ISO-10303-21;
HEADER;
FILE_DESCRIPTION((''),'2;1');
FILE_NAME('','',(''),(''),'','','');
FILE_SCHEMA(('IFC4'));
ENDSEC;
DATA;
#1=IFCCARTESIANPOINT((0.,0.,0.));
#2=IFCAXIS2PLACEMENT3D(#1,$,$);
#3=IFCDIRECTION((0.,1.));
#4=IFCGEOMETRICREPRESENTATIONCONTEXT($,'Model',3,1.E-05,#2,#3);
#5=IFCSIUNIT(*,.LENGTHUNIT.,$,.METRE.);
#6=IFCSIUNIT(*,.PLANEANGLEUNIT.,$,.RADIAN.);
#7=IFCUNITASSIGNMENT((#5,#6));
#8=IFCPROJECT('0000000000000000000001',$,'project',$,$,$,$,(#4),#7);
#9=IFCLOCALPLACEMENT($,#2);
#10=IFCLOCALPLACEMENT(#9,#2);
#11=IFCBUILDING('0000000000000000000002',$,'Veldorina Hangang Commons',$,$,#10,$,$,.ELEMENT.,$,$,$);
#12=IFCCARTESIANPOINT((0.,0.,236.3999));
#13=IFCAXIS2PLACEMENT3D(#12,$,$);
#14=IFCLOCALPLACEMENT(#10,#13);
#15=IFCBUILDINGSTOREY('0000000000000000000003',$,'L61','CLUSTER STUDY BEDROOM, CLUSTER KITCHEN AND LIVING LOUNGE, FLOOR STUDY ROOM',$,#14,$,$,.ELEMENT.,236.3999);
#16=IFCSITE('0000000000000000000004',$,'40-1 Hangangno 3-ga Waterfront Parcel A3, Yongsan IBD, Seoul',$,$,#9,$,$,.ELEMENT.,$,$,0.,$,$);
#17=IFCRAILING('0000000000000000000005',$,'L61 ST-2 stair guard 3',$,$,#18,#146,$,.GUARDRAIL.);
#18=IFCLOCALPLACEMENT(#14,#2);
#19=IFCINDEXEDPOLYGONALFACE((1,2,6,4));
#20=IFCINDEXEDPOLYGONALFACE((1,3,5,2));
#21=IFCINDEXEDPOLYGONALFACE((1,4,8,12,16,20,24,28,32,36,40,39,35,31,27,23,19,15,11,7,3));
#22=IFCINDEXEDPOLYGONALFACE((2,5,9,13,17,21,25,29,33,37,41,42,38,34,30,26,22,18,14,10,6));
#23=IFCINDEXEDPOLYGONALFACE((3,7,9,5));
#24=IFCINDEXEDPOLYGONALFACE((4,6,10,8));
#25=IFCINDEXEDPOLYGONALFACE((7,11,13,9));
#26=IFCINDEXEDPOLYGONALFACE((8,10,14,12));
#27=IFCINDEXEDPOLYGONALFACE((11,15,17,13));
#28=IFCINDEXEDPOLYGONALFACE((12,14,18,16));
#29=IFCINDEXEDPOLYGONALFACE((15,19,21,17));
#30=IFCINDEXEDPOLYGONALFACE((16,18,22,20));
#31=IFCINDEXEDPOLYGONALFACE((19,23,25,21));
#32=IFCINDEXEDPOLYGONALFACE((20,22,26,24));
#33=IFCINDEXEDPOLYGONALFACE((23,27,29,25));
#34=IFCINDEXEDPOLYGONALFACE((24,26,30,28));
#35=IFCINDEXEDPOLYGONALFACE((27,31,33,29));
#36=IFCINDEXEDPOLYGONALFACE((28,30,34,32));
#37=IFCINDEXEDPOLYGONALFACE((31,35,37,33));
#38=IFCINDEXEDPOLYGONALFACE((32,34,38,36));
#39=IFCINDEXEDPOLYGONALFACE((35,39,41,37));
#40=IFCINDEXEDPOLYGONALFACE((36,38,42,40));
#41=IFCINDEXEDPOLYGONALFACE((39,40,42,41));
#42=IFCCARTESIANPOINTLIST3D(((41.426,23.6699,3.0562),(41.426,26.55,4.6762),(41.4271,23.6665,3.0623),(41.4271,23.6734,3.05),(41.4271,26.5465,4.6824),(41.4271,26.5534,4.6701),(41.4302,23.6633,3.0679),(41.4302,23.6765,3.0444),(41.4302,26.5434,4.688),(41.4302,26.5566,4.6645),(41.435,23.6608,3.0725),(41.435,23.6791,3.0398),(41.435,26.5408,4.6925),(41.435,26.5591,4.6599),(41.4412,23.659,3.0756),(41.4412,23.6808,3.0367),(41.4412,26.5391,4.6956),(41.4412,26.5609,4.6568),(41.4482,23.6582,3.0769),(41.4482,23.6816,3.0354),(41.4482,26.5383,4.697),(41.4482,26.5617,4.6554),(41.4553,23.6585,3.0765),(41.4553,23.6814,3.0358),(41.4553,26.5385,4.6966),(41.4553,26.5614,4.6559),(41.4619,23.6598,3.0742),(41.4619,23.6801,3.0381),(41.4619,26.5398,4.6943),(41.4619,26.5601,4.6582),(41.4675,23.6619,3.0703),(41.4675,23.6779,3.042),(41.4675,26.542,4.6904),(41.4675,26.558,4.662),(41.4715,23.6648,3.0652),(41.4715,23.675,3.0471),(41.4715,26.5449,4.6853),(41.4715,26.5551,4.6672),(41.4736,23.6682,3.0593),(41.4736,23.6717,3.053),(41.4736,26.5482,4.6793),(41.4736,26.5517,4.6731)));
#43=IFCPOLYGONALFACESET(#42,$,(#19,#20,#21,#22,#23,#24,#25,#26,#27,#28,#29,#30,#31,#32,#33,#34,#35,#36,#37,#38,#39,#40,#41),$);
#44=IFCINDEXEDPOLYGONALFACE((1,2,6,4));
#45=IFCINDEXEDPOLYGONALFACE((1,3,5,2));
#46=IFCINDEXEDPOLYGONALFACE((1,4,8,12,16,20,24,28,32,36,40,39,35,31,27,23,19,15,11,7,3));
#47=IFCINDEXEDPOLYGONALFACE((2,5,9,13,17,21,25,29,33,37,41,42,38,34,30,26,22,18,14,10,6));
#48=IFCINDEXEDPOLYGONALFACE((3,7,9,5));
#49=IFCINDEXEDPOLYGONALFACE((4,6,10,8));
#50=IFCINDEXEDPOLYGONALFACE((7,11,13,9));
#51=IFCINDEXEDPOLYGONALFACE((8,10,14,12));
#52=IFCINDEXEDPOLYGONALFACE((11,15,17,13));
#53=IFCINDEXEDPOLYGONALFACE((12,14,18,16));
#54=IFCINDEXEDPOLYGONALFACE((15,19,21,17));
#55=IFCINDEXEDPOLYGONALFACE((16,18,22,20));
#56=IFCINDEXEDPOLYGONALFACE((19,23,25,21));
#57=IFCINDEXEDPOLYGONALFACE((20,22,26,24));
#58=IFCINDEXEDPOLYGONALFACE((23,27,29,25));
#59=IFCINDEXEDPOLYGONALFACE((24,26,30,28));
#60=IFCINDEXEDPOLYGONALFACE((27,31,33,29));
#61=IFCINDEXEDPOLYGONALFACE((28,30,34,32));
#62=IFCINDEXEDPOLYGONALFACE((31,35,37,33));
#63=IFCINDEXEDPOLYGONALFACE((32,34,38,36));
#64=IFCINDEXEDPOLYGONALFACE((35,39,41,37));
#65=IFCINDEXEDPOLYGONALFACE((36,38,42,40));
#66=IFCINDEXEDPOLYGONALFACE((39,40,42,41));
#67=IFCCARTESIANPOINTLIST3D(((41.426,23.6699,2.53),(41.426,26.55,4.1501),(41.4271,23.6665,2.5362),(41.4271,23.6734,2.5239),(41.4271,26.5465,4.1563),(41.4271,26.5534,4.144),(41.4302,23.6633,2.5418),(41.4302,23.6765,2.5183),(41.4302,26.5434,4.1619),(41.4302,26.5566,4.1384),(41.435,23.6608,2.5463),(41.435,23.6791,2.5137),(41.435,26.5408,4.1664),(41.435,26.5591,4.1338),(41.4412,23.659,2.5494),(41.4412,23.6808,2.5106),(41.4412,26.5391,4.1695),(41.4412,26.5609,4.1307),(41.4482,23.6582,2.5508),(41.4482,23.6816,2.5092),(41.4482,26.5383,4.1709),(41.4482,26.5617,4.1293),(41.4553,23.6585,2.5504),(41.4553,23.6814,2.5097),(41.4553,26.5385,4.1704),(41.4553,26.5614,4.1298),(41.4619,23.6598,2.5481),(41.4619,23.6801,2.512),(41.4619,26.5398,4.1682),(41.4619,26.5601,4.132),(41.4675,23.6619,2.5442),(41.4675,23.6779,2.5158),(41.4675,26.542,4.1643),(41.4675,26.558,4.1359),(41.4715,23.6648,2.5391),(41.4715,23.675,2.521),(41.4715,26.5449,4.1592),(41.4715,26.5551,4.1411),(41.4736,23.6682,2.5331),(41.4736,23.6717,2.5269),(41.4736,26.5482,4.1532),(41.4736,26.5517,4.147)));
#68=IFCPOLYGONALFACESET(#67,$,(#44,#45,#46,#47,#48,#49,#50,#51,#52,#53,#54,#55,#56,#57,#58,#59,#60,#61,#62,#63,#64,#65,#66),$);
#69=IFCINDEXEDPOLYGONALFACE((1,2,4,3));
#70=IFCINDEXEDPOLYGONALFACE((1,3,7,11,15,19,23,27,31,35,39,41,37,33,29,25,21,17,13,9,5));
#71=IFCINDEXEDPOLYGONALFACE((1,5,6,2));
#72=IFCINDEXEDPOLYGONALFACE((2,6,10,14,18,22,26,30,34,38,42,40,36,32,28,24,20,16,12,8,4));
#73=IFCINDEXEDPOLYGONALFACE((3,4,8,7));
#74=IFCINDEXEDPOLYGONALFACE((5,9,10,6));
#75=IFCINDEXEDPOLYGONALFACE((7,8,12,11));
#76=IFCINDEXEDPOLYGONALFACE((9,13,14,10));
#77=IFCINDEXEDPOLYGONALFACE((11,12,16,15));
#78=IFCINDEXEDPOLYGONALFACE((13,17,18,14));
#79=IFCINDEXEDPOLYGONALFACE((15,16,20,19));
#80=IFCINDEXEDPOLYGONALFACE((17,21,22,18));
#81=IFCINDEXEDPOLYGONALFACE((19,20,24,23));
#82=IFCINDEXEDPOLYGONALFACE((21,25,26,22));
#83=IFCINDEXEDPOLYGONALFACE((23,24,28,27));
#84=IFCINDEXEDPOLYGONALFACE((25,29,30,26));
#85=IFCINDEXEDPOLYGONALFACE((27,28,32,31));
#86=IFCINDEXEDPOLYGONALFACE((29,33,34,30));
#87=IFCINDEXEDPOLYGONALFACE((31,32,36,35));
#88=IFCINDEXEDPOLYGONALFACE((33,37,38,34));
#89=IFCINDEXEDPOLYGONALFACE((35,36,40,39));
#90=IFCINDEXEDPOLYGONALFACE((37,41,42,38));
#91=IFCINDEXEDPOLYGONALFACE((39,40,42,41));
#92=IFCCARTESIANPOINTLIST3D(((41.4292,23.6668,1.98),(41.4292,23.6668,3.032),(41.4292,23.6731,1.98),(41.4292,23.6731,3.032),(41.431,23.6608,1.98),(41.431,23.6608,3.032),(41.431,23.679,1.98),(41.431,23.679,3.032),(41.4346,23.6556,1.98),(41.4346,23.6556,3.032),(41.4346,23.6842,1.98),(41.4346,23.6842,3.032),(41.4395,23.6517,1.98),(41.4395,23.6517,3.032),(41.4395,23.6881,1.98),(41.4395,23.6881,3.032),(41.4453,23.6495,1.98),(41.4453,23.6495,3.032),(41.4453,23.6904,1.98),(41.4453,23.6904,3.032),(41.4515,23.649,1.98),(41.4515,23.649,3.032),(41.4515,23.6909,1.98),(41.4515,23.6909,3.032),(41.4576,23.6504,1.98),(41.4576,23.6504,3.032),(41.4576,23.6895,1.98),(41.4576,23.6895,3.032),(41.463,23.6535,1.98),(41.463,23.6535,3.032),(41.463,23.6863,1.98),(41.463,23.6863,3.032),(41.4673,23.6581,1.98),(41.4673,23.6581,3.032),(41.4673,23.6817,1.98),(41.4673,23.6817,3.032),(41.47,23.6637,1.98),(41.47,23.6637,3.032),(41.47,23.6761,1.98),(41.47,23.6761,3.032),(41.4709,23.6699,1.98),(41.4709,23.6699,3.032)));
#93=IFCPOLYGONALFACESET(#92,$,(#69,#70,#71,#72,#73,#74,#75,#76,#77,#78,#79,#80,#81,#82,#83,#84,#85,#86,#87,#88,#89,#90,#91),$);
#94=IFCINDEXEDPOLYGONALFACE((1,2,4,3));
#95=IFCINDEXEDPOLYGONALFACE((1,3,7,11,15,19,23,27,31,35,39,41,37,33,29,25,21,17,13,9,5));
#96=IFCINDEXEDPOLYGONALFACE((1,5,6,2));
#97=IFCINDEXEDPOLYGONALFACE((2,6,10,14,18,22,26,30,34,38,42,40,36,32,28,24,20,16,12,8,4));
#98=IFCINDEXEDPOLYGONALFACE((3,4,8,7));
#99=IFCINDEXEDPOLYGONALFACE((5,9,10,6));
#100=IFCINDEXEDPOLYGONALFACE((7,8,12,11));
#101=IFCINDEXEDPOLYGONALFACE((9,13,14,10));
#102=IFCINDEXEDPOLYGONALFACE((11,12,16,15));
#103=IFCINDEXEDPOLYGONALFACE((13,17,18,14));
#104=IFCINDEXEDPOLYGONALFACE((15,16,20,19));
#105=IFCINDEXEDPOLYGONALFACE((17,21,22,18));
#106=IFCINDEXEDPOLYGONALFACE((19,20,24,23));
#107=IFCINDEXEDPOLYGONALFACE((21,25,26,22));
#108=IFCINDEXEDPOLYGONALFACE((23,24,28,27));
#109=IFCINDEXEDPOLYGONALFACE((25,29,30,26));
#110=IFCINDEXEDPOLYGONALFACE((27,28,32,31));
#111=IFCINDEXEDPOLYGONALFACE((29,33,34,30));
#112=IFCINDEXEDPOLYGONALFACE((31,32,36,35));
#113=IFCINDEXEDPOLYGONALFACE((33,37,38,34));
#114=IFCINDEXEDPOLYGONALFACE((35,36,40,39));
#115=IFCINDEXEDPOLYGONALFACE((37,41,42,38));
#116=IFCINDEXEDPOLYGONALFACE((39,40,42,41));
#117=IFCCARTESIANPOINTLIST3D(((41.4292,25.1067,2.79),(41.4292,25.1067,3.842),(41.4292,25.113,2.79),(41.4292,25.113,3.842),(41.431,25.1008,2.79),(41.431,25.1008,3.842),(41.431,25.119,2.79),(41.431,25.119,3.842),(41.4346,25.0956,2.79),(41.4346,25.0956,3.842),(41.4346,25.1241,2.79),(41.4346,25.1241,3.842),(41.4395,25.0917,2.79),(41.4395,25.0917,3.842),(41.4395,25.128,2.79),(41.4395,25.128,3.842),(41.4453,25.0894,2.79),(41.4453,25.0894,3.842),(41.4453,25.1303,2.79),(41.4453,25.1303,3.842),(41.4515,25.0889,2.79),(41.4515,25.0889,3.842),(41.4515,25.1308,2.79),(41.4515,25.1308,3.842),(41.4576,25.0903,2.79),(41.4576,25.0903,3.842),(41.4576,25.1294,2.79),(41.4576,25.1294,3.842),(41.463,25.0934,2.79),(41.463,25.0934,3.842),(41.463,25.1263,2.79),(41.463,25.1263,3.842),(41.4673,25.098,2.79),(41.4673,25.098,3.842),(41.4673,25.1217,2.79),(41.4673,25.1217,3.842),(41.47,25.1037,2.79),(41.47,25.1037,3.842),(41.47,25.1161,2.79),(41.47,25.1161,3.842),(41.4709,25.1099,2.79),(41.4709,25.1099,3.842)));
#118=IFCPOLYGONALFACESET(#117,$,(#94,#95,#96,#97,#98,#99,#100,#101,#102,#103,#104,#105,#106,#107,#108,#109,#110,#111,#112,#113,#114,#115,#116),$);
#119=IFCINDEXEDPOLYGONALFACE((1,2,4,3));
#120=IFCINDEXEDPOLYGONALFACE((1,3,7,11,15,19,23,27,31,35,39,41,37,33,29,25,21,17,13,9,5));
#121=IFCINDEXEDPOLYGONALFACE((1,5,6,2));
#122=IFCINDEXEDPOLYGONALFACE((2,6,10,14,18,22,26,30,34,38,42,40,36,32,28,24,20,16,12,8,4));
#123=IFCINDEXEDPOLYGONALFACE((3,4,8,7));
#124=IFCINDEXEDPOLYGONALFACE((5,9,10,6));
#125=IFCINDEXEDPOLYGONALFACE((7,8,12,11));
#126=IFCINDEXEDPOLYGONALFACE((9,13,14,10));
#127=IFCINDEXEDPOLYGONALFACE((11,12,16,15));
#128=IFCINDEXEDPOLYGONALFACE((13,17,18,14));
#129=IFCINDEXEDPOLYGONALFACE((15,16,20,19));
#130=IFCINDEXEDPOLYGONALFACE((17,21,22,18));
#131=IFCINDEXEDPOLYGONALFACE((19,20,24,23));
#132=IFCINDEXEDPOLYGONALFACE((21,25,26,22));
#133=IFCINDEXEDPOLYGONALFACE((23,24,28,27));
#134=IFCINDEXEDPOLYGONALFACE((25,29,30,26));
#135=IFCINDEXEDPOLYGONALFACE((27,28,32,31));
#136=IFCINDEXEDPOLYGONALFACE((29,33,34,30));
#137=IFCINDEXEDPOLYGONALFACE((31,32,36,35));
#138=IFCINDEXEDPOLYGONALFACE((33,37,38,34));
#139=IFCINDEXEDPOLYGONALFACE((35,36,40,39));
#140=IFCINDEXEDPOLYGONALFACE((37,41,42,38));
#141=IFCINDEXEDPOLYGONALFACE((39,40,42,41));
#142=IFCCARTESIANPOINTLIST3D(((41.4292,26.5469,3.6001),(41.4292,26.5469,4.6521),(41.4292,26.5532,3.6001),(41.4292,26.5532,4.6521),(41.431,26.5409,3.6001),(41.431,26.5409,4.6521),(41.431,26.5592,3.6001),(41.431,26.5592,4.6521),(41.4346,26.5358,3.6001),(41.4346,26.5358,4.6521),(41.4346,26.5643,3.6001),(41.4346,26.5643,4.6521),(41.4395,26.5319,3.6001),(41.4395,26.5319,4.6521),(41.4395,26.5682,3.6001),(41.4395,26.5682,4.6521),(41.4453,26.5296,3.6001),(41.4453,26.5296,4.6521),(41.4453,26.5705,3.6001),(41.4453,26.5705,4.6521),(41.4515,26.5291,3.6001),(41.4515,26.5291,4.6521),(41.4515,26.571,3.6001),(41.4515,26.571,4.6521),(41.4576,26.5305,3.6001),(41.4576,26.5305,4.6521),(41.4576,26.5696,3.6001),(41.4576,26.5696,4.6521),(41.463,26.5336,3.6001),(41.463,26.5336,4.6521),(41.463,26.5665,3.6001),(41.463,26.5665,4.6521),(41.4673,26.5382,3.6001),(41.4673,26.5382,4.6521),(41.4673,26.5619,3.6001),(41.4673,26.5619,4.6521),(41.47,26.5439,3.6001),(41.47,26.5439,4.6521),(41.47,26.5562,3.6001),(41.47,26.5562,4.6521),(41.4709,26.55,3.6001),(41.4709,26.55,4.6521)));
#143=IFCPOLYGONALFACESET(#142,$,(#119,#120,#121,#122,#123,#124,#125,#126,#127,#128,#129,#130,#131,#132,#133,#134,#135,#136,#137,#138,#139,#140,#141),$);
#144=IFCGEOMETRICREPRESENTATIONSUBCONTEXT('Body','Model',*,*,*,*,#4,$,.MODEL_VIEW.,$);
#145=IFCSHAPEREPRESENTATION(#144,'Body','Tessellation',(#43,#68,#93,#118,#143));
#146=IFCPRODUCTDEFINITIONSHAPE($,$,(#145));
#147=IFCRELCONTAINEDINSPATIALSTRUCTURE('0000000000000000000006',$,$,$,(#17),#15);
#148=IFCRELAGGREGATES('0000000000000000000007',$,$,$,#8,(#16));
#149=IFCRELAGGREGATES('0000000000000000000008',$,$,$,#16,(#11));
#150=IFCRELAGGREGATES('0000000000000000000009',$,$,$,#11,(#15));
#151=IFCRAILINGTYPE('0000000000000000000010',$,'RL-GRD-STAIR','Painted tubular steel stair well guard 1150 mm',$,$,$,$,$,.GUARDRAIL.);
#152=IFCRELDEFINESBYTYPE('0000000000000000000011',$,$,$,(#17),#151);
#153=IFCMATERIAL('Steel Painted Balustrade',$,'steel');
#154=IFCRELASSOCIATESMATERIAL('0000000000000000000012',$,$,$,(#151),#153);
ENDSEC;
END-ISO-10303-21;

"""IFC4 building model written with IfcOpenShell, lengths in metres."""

from ifc_helpers import new_model, si_unit, direction, frame, origin, origin_2d, place, context, subcontext, project, spatial, circle, extrude, material, type_object, element, save


model = new_model("IFC4")

# Units and contexts
model_context = context("Model", 3, precision=1e-05, world=origin(), true_north=direction((0.0, 1.0)))
body_context = subcontext(model_context, "Body", "Model", "MODEL_VIEW")
ifc_project = project(units=[si_unit("LENGTHUNIT", "METRE"), si_unit("PLANEANGLEUNIT", "RADIAN")], contexts=[model_context])

# Site, building, storey
site_placement = place(None, origin())
site = spatial("IfcSite", under=ifc_project, at=site_placement, Name="40-1 Hangangno 3-ga Waterfront Parcel A3, Yongsan IBD, Seoul", CompositionType="ELEMENT", RefElevation=0.0)
building_placement = place(site_placement, origin())
building = spatial("IfcBuilding", under=site, at=building_placement, Name="Veldorina Hangang Commons", CompositionType="ELEMENT")
storey_placement = place(building_placement, frame((0.0, 0.0, 236.3999)))
storey = spatial("IfcBuildingStorey", under=building, at=storey_placement, Name="L61", Description="CLUSTER STUDY BEDROOM, CLUSTER KITCHEN AND LIVING LOUNGE, FLOOR STUDY ROOM", CompositionType="ELEMENT", Elevation=236.3999)

# Railing
ifc_material_1 = material(Name="Steel Painted Balustrade", Category="steel")
railing_type_1 = type_object("IfcRailingType", Name="RL-GRD-STAIR", Description="Painted tubular steel stair well guard 1150 mm", PredefinedType="GUARDRAIL", material=ifc_material_1)
railing_1_placement = place(storey_placement, frame((41.45, 23.6699, 1.98)))
element("IfcRailing", 1, at=railing_1_placement, inside=storey, type_object=railing_type_1, Name="L61 ST-2 stair guard 3", PredefinedType="GUARDRAIL", context=body_context, shape_type="SweptSolid", body=[
    extrude(circle(Radius=0.0239, at=origin_2d()), frame((0.0, 0.0, 1.0762), z_axis=(0.0, 0.87157, 0.490272), x_axis=(-1.0, 0.0, 0.0)), (0.0, 0.0, 1.0), 3.3044),
    extrude(circle(Radius=0.0239, at=origin_2d()), frame((0.0, 0.0, 0.55), z_axis=(0.0, 0.87157, 0.490272), x_axis=(-1.0, 0.0, 0.0)), (0.0, 0.0, 1.0), 3.3044),
    extrude(circle(Radius=0.021, at=origin_2d()), origin(), (0.0, 0.0, 1.0), 1.052),
    extrude(circle(Radius=0.021, at=origin_2d()), frame((0.0, 1.4399, 0.8101)), (0.0, 0.0, 1.0), 1.052),
    extrude(circle(Radius=0.021, at=origin_2d()), frame((0.0, 2.8801, 1.6201)), (0.0, 0.0, 1.0), 1.052),
])

save(model, "model.ifc")
